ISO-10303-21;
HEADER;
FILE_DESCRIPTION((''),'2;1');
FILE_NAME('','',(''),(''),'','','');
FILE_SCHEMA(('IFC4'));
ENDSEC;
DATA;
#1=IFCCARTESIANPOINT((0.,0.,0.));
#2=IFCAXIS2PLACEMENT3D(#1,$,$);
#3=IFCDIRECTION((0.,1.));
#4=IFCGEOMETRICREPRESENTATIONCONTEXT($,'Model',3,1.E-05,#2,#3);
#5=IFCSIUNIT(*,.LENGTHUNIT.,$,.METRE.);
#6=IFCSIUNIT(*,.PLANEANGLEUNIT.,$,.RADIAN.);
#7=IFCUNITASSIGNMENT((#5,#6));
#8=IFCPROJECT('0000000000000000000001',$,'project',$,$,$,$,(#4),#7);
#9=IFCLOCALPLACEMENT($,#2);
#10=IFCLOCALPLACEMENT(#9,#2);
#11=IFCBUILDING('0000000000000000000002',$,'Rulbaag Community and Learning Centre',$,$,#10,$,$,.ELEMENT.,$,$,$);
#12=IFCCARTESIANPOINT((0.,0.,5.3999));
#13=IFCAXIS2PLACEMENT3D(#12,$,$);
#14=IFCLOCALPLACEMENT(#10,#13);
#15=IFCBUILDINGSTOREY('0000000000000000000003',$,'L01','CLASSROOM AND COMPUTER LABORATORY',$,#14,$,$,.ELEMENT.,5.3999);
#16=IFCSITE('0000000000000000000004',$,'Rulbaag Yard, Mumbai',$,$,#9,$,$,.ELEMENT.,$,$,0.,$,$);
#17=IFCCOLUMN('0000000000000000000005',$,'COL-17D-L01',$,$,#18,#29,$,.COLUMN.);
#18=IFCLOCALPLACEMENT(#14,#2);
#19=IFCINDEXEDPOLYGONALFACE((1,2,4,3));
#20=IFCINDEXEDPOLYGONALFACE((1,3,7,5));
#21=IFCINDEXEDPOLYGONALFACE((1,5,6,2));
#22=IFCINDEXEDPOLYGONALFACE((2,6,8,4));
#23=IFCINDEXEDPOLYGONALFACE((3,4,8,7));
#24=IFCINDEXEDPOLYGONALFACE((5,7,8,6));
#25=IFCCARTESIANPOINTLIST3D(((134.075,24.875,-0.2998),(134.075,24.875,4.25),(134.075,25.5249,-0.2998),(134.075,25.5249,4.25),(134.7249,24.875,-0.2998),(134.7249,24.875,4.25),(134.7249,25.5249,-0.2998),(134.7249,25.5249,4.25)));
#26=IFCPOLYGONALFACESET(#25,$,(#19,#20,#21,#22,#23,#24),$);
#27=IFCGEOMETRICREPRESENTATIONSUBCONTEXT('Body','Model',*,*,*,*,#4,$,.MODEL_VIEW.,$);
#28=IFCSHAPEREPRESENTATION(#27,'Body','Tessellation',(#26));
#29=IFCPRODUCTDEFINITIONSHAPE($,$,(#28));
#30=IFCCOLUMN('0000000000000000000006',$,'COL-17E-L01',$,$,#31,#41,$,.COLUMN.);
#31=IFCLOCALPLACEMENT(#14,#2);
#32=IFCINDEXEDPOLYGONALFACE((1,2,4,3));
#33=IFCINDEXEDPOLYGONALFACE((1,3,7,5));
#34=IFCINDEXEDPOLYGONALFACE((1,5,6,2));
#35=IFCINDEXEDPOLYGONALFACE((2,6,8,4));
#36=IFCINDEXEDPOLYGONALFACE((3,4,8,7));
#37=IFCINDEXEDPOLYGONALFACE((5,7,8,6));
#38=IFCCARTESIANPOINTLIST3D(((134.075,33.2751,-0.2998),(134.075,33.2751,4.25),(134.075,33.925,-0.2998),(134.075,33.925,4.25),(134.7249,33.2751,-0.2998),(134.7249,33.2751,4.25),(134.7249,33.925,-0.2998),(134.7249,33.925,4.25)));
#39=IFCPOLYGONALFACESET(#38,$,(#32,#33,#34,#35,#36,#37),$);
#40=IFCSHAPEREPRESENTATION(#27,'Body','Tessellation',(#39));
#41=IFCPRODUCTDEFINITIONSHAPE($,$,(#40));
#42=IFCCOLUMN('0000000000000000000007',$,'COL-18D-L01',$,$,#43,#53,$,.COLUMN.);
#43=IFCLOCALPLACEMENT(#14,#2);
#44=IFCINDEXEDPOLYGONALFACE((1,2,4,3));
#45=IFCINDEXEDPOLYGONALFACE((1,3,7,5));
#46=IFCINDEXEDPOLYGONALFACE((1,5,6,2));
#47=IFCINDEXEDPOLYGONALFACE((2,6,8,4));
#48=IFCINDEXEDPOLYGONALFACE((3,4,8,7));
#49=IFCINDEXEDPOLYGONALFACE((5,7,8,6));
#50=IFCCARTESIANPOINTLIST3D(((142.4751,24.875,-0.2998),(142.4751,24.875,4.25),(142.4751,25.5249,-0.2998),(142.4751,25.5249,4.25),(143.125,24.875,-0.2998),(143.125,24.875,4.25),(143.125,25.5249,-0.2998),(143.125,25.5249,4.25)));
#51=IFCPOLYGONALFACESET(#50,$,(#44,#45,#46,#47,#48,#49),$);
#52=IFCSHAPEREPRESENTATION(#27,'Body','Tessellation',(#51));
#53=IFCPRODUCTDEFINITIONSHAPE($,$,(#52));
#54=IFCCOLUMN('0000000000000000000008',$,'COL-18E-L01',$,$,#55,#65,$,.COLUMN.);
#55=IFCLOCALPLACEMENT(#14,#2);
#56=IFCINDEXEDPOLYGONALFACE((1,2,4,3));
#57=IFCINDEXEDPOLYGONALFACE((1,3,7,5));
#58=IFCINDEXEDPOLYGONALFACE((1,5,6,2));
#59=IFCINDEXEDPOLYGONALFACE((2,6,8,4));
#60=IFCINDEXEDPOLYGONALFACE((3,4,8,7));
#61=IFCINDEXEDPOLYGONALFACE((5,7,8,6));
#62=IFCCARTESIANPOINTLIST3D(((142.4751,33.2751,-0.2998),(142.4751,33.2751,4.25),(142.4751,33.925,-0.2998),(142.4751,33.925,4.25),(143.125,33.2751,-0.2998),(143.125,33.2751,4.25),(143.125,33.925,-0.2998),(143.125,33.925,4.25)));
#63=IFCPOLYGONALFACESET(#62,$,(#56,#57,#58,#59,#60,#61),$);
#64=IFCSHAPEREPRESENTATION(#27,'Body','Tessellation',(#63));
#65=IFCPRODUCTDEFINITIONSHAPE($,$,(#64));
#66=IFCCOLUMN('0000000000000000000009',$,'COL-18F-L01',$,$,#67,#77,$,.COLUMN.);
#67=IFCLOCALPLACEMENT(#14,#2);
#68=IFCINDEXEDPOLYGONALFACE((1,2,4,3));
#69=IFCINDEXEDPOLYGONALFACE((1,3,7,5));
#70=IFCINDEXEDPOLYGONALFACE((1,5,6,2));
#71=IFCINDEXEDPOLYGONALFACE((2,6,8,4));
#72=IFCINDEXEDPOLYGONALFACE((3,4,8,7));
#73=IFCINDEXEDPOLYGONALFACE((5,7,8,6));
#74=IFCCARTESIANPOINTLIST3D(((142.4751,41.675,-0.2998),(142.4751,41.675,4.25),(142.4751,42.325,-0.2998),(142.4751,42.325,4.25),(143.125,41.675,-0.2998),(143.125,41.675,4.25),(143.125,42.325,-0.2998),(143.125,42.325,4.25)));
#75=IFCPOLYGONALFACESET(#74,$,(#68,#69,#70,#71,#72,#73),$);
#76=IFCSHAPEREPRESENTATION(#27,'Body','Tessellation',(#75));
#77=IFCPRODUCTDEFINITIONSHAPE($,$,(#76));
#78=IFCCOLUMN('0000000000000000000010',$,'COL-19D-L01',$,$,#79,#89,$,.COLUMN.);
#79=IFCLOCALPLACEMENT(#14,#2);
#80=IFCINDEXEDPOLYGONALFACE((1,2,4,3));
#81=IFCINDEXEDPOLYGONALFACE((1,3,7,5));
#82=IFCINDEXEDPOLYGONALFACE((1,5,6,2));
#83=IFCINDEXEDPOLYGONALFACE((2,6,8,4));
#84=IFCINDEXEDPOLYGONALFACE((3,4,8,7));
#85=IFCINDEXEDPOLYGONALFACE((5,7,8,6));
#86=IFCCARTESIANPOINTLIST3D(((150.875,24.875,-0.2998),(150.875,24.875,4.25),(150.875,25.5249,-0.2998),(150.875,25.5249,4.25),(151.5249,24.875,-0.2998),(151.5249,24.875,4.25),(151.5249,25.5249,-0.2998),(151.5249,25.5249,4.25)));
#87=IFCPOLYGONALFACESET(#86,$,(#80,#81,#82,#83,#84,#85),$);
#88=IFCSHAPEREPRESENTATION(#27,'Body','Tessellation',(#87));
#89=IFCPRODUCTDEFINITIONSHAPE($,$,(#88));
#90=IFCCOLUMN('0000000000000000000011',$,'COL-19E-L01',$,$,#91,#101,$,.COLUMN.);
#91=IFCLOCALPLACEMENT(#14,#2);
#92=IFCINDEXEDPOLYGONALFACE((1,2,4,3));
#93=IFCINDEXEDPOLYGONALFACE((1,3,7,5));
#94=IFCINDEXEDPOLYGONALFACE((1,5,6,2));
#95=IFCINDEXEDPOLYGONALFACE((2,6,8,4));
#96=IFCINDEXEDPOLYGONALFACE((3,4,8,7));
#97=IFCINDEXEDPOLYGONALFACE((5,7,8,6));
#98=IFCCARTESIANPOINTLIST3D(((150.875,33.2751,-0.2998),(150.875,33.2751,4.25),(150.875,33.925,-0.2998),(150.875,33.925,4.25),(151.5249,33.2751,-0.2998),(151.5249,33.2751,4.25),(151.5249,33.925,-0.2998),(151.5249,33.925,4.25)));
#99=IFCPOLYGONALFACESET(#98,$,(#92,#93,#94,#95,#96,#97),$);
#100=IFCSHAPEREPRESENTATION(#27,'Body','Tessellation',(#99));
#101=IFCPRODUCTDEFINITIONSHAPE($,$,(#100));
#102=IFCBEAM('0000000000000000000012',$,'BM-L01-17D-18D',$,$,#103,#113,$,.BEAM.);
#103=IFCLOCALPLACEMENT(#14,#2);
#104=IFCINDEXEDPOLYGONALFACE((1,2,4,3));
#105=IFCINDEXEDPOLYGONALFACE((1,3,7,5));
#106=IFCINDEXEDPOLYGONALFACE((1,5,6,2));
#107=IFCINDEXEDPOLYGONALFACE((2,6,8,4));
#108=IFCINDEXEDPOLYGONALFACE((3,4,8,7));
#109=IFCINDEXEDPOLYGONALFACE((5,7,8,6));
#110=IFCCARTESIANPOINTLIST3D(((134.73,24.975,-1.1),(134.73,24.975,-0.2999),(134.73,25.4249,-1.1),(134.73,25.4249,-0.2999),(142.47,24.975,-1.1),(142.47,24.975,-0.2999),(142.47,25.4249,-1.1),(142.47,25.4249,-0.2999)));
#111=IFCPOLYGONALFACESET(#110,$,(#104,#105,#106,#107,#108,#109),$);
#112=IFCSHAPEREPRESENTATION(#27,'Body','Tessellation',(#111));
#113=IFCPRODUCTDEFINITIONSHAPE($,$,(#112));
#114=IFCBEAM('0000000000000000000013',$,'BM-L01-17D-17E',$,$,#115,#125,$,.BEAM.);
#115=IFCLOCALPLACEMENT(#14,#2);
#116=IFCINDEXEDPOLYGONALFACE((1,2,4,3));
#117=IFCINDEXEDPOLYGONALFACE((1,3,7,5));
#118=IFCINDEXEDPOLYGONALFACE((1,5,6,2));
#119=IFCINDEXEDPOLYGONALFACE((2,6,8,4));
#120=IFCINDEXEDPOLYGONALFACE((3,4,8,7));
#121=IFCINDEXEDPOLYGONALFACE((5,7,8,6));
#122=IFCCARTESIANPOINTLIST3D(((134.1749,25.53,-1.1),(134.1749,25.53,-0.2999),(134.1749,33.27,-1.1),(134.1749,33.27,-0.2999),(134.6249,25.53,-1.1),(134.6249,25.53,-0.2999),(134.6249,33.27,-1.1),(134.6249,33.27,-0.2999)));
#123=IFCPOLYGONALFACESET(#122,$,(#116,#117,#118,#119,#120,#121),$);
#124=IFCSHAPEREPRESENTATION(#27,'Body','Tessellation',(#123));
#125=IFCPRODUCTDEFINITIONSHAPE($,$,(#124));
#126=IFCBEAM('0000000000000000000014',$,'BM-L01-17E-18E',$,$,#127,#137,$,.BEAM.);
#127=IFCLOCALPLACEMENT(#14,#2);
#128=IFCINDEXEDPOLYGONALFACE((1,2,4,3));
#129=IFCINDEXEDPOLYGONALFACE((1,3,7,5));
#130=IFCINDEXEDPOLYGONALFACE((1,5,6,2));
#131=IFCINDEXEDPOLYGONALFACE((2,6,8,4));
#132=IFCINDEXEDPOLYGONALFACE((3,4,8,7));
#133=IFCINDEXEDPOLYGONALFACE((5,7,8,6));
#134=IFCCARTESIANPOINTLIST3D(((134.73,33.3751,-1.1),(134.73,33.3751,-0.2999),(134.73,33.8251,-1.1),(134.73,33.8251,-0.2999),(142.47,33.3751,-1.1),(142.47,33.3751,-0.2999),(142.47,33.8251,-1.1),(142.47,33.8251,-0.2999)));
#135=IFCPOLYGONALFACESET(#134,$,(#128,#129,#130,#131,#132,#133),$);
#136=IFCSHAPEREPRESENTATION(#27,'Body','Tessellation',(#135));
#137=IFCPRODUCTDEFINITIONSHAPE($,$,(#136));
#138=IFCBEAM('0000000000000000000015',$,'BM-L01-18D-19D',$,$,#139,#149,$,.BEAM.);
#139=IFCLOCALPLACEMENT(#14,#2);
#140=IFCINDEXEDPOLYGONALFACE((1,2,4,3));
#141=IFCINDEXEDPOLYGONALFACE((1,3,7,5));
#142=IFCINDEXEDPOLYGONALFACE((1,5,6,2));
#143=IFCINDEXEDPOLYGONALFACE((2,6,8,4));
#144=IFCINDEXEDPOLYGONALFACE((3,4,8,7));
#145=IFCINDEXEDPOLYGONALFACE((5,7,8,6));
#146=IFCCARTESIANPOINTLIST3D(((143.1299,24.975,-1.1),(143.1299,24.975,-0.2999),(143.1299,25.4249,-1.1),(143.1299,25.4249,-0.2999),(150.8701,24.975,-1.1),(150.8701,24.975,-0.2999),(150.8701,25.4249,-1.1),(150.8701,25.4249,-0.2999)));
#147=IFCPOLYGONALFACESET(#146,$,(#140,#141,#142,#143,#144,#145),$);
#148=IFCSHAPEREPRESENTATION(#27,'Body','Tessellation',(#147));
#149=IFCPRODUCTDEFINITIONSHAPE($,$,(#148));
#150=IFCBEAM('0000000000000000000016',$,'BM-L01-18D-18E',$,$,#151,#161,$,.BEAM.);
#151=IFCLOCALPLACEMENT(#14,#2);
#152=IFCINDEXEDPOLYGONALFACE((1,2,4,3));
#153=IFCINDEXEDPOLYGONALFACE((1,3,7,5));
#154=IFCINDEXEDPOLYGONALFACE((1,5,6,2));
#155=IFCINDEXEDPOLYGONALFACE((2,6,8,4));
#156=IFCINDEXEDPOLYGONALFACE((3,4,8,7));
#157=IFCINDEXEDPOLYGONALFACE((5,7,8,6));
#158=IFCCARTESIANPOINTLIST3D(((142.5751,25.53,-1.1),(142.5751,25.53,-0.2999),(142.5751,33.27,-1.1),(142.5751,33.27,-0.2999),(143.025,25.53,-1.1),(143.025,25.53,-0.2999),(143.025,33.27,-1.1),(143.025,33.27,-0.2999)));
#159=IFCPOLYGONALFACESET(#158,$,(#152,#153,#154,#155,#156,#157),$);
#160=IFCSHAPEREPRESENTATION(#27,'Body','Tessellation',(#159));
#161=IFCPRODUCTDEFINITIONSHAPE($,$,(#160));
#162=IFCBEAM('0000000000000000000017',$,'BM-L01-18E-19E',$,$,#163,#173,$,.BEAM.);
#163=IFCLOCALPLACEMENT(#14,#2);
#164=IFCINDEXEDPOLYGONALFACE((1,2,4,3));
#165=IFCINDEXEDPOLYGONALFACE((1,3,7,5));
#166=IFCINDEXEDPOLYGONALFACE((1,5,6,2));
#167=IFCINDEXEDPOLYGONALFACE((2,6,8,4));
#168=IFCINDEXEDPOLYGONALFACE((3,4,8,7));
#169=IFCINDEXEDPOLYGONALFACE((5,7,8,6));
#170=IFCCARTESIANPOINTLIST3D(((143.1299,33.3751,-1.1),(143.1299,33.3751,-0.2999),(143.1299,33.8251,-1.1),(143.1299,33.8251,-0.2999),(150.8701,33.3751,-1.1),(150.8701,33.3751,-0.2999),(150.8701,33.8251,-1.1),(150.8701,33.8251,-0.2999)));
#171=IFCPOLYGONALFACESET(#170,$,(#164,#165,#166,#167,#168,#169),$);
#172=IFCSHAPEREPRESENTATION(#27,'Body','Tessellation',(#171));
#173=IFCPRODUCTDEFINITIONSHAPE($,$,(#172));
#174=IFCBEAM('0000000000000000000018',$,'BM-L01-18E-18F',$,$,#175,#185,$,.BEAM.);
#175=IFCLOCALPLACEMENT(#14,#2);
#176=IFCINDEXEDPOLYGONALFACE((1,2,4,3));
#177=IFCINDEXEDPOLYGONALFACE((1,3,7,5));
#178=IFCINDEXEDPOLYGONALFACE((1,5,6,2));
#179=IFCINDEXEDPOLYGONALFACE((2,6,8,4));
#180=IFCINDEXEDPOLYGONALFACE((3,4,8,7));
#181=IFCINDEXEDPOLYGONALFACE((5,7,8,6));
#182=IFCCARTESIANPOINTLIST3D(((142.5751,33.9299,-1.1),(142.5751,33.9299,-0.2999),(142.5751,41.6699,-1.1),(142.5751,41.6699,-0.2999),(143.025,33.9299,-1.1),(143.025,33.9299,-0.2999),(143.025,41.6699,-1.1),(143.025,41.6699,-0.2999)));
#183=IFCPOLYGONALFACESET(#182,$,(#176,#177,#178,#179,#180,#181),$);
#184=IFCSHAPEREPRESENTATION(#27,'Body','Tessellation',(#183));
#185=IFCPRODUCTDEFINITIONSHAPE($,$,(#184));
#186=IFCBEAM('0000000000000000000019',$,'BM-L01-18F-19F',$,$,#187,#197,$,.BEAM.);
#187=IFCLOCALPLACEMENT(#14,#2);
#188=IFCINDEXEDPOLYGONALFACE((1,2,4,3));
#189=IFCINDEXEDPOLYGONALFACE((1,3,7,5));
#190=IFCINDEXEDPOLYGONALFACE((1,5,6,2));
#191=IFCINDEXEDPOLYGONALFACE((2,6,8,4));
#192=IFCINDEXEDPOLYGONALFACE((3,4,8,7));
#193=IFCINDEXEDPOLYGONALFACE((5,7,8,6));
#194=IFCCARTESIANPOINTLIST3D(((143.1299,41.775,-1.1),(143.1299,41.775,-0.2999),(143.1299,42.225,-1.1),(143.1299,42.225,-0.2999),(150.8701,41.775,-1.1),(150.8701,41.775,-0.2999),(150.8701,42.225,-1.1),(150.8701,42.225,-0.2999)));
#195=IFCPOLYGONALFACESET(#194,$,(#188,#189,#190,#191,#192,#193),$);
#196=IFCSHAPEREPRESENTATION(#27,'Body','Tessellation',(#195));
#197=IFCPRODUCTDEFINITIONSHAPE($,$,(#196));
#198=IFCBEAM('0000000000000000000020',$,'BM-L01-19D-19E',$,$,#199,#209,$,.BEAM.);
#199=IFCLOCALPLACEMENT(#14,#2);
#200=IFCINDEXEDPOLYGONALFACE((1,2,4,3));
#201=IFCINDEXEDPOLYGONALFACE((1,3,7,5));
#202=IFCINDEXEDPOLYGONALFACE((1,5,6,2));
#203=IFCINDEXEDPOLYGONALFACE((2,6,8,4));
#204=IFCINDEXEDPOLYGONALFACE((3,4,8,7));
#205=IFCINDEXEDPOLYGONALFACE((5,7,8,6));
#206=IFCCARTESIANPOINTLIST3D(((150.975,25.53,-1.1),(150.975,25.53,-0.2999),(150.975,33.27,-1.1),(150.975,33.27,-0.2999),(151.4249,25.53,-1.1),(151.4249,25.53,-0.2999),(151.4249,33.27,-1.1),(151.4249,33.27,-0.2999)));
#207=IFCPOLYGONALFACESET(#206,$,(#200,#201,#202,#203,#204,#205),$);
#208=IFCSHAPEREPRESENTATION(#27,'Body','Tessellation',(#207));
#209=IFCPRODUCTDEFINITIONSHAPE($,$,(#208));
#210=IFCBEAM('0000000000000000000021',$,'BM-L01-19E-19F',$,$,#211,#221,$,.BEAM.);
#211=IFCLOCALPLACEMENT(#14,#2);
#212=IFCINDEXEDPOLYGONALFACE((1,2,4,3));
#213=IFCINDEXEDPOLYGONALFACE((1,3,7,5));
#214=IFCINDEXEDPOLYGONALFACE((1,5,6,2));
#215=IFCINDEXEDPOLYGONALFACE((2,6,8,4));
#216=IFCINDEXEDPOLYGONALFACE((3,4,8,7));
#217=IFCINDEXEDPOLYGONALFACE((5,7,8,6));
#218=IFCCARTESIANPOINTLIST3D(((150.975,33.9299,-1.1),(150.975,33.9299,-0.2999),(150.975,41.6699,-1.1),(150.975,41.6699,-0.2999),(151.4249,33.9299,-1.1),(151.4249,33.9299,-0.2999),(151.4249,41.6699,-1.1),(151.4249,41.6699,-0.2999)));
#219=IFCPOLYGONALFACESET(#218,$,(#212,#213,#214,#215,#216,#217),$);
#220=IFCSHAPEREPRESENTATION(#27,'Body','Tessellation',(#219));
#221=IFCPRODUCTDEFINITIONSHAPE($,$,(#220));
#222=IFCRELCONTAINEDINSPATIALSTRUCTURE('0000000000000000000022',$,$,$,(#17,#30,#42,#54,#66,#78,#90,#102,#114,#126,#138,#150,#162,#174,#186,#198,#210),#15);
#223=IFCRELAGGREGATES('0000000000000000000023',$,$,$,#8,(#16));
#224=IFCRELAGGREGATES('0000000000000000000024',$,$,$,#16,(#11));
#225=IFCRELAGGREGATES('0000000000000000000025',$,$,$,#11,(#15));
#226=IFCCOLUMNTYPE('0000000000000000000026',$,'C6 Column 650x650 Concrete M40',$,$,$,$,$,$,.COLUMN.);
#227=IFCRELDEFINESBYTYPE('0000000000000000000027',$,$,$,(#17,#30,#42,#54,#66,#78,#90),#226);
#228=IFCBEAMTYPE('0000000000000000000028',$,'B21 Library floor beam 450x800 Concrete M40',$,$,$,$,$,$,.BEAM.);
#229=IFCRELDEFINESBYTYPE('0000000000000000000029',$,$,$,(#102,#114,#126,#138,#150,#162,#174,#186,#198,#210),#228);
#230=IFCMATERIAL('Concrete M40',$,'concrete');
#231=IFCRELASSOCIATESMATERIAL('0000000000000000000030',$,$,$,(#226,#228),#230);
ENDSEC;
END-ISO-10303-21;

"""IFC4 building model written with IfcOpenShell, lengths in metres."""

from ifc_helpers import new_model, si_unit, direction, frame, origin, origin_2d, place, context, subcontext, project, spatial, rectangle, extrude, material, material_profile, profile_set, type_object, element, save


model = new_model("IFC4")

# Units and contexts
model_context = context("Model", 3, precision=1e-05, world=origin(), true_north=direction((0.0, 1.0)))
body_context = subcontext(model_context, "Body", "Model", "MODEL_VIEW")
ifc_project = project(units=[si_unit("LENGTHUNIT", "METRE"), si_unit("PLANEANGLEUNIT", "RADIAN")], contexts=[model_context])

# Site, building, storey
site_placement = place(None, origin())
site = spatial("IfcSite", under=ifc_project, at=site_placement, Name="Rulbaag Yard, Mumbai", CompositionType="ELEMENT", RefElevation=0.0)
building_placement = place(site_placement, origin())
building = spatial("IfcBuilding", under=site, at=building_placement, Name="Rulbaag Community and Learning Centre", CompositionType="ELEMENT")
storey_placement = place(building_placement, frame((0.0, 0.0, 5.3999)))
storey = spatial("IfcBuildingStorey", under=building, at=storey_placement, Name="L01", Description="CLASSROOM AND COMPUTER LABORATORY", CompositionType="ELEMENT", Elevation=5.3999)

# Columns
ifc_material_1 = material(Name="Concrete M40", Category="concrete")
ifc_material_profile_1 = material_profile(ifc_material_1, rectangle(XDim=0.6499, YDim=0.6499, at=origin_2d()), Name="RC650x650")
ifc_profile_set_1 = profile_set([ifc_material_profile_1], Name="Concrete M40")
column_type = type_object("IfcColumnType", Name="C6 Column 650x650 Concrete M40", PredefinedType="COLUMN", material=ifc_profile_set_1)
for number, where, z_axis, x_axis, name in (
    (1, (134.3999, 25.2, -0.2998), (0.0, 0.0, 1.0), (1.0, 0.0, 0.0), "COL-17D-L01"),
    (2, (134.3999, 33.6001, -0.2998), (0.0, 0.0, 1.0), (1.0, 0.0, 0.0), "COL-17E-L01"),
    (3, (142.8, 25.2, -0.2998), (0.0, 0.0, 1.0), (1.0, 0.0, 0.0), "COL-18D-L01"),
    (4, (142.8, 33.6001, -0.2998), (0.0, 0.0, 1.0), (1.0, 0.0, 0.0), "COL-18E-L01"),
    (5, (142.8, 42.0, -0.2998), (0.0, 0.0, 1.0), (1.0, 0.0, 0.0), "COL-18F-L01"),
    (6, (151.2, 25.2, -0.2998), (0.0, 0.0, 1.0), (1.0, 0.0, 0.0), "COL-19D-L01"),
    (7, (151.2, 33.6001, -0.2998), (0.0, 0.0, 1.0), (1.0, 0.0, 0.0), "COL-19E-L01"),
):
    element("IfcColumn", number, at=place(storey_placement, frame(where, z_axis=z_axis, x_axis=x_axis)), inside=storey, type_object=column_type, Name=name, PredefinedType="COLUMN", context=body_context, shape_type="SweptSolid", body=[
        extrude(rectangle(XDim=0.6499, YDim=0.6499, at=origin_2d()), origin(), (0.0, 0.0, 1.0), 4.5498),
    ])

# Beams
ifc_material_profile_2 = material_profile(ifc_material_1, rectangle(XDim=0.45, YDim=0.8, at=origin_2d()), Name="RB450x800")
ifc_profile_set_2 = profile_set([ifc_material_profile_2], Name="Concrete M40")
beam_type = type_object("IfcBeamType", Name="B21 Library floor beam 450x800 Concrete M40", PredefinedType="BEAM", material=ifc_profile_set_2)
for number, where, z_axis, x_axis, name in (
    (8, (134.73, 25.2, -0.7), (1.0, 0.0, 0.0), (0.0, 1.0, 0.0), "BM-L01-17D-18D"),
    (9, (134.3999, 25.53, -0.7), (0.0, 1.0, 0.0), (-1.0, 0.0, 0.0), "BM-L01-17D-17E"),
    (10, (134.73, 33.6001, -0.7), (1.0, 0.0, 0.0), (0.0, 1.0, 0.0), "BM-L01-17E-18E"),
):
    element("IfcBeam", number, at=place(storey_placement, frame(where, z_axis=z_axis, x_axis=x_axis)), inside=storey, type_object=beam_type, Name=name, PredefinedType="BEAM", context=body_context, shape_type="SweptSolid", body=[
        extrude(rectangle(XDim=0.45, YDim=0.8, at=origin_2d()), origin(), (0.0, 0.0, 1.0), 7.74),
    ])
beam_1_placement = place(storey_placement, frame((143.1299, 25.2, -0.7), z_axis=(1.0, 0.0, 0.0), x_axis=(0.0, 1.0, 0.0)))
element("IfcBeam", 11, at=beam_1_placement, inside=storey, type_object=beam_type, Name="BM-L01-18D-19D", PredefinedType="BEAM", context=body_context, shape_type="SweptSolid", body=[
    extrude(rectangle(XDim=0.45, YDim=0.8, at=origin_2d()), origin(), (0.0, 0.0, 1.0), 7.7402),
])
beam_2_placement = place(storey_placement, frame((142.8, 25.53, -0.7), z_axis=(0.0, 1.0, 0.0), x_axis=(-1.0, 0.0, 0.0)))
element("IfcBeam", 12, at=beam_2_placement, inside=storey, type_object=beam_type, Name="BM-L01-18D-18E", PredefinedType="BEAM", context=body_context, shape_type="SweptSolid", body=[
    extrude(rectangle(XDim=0.45, YDim=0.8, at=origin_2d()), origin(), (0.0, 0.0, 1.0), 7.74),
])
beam_3_placement = place(storey_placement, frame((143.1299, 33.6001, -0.7), z_axis=(1.0, 0.0, 0.0), x_axis=(0.0, 1.0, 0.0)))
element("IfcBeam", 13, at=beam_3_placement, inside=storey, type_object=beam_type, Name="BM-L01-18E-19E", PredefinedType="BEAM", context=body_context, shape_type="SweptSolid", body=[
    extrude(rectangle(XDim=0.45, YDim=0.8, at=origin_2d()), origin(), (0.0, 0.0, 1.0), 7.7402),
])
beam_4_placement = place(storey_placement, frame((142.8, 33.9299, -0.7), z_axis=(0.0, 1.0, 0.0), x_axis=(-1.0, 0.0, 0.0)))
element("IfcBeam", 14, at=beam_4_placement, inside=storey, type_object=beam_type, Name="BM-L01-18E-18F", PredefinedType="BEAM", context=body_context, shape_type="SweptSolid", body=[
    extrude(rectangle(XDim=0.45, YDim=0.8, at=origin_2d()), origin(), (0.0, 0.0, 1.0), 7.74),
])
beam_5_placement = place(storey_placement, frame((143.1299, 42.0, -0.7), z_axis=(1.0, 0.0, 0.0), x_axis=(0.0, 1.0, 0.0)))
element("IfcBeam", 15, at=beam_5_placement, inside=storey, type_object=beam_type, Name="BM-L01-18F-19F", PredefinedType="BEAM", context=body_context, shape_type="SweptSolid", body=[
    extrude(rectangle(XDim=0.45, YDim=0.8, at=origin_2d()), origin(), (0.0, 0.0, 1.0), 7.7402),
])
for number, where, z_axis, x_axis, name in (
    (16, (151.2, 25.53, -0.7), (0.0, 1.0, 0.0), (-1.0, 0.0, 0.0), "BM-L01-19D-19E"),
    (17, (151.2, 33.9299, -0.7), (0.0, 1.0, 0.0), (-1.0, 0.0, 0.0), "BM-L01-19E-19F"),
):
    element("IfcBeam", number, at=place(storey_placement, frame(where, z_axis=z_axis, x_axis=x_axis)), inside=storey, type_object=beam_type, Name=name, PredefinedType="BEAM", context=body_context, shape_type="SweptSolid", body=[
        extrude(rectangle(XDim=0.45, YDim=0.8, at=origin_2d()), origin(), (0.0, 0.0, 1.0), 7.74),
    ])

save(model, "model.ifc")
